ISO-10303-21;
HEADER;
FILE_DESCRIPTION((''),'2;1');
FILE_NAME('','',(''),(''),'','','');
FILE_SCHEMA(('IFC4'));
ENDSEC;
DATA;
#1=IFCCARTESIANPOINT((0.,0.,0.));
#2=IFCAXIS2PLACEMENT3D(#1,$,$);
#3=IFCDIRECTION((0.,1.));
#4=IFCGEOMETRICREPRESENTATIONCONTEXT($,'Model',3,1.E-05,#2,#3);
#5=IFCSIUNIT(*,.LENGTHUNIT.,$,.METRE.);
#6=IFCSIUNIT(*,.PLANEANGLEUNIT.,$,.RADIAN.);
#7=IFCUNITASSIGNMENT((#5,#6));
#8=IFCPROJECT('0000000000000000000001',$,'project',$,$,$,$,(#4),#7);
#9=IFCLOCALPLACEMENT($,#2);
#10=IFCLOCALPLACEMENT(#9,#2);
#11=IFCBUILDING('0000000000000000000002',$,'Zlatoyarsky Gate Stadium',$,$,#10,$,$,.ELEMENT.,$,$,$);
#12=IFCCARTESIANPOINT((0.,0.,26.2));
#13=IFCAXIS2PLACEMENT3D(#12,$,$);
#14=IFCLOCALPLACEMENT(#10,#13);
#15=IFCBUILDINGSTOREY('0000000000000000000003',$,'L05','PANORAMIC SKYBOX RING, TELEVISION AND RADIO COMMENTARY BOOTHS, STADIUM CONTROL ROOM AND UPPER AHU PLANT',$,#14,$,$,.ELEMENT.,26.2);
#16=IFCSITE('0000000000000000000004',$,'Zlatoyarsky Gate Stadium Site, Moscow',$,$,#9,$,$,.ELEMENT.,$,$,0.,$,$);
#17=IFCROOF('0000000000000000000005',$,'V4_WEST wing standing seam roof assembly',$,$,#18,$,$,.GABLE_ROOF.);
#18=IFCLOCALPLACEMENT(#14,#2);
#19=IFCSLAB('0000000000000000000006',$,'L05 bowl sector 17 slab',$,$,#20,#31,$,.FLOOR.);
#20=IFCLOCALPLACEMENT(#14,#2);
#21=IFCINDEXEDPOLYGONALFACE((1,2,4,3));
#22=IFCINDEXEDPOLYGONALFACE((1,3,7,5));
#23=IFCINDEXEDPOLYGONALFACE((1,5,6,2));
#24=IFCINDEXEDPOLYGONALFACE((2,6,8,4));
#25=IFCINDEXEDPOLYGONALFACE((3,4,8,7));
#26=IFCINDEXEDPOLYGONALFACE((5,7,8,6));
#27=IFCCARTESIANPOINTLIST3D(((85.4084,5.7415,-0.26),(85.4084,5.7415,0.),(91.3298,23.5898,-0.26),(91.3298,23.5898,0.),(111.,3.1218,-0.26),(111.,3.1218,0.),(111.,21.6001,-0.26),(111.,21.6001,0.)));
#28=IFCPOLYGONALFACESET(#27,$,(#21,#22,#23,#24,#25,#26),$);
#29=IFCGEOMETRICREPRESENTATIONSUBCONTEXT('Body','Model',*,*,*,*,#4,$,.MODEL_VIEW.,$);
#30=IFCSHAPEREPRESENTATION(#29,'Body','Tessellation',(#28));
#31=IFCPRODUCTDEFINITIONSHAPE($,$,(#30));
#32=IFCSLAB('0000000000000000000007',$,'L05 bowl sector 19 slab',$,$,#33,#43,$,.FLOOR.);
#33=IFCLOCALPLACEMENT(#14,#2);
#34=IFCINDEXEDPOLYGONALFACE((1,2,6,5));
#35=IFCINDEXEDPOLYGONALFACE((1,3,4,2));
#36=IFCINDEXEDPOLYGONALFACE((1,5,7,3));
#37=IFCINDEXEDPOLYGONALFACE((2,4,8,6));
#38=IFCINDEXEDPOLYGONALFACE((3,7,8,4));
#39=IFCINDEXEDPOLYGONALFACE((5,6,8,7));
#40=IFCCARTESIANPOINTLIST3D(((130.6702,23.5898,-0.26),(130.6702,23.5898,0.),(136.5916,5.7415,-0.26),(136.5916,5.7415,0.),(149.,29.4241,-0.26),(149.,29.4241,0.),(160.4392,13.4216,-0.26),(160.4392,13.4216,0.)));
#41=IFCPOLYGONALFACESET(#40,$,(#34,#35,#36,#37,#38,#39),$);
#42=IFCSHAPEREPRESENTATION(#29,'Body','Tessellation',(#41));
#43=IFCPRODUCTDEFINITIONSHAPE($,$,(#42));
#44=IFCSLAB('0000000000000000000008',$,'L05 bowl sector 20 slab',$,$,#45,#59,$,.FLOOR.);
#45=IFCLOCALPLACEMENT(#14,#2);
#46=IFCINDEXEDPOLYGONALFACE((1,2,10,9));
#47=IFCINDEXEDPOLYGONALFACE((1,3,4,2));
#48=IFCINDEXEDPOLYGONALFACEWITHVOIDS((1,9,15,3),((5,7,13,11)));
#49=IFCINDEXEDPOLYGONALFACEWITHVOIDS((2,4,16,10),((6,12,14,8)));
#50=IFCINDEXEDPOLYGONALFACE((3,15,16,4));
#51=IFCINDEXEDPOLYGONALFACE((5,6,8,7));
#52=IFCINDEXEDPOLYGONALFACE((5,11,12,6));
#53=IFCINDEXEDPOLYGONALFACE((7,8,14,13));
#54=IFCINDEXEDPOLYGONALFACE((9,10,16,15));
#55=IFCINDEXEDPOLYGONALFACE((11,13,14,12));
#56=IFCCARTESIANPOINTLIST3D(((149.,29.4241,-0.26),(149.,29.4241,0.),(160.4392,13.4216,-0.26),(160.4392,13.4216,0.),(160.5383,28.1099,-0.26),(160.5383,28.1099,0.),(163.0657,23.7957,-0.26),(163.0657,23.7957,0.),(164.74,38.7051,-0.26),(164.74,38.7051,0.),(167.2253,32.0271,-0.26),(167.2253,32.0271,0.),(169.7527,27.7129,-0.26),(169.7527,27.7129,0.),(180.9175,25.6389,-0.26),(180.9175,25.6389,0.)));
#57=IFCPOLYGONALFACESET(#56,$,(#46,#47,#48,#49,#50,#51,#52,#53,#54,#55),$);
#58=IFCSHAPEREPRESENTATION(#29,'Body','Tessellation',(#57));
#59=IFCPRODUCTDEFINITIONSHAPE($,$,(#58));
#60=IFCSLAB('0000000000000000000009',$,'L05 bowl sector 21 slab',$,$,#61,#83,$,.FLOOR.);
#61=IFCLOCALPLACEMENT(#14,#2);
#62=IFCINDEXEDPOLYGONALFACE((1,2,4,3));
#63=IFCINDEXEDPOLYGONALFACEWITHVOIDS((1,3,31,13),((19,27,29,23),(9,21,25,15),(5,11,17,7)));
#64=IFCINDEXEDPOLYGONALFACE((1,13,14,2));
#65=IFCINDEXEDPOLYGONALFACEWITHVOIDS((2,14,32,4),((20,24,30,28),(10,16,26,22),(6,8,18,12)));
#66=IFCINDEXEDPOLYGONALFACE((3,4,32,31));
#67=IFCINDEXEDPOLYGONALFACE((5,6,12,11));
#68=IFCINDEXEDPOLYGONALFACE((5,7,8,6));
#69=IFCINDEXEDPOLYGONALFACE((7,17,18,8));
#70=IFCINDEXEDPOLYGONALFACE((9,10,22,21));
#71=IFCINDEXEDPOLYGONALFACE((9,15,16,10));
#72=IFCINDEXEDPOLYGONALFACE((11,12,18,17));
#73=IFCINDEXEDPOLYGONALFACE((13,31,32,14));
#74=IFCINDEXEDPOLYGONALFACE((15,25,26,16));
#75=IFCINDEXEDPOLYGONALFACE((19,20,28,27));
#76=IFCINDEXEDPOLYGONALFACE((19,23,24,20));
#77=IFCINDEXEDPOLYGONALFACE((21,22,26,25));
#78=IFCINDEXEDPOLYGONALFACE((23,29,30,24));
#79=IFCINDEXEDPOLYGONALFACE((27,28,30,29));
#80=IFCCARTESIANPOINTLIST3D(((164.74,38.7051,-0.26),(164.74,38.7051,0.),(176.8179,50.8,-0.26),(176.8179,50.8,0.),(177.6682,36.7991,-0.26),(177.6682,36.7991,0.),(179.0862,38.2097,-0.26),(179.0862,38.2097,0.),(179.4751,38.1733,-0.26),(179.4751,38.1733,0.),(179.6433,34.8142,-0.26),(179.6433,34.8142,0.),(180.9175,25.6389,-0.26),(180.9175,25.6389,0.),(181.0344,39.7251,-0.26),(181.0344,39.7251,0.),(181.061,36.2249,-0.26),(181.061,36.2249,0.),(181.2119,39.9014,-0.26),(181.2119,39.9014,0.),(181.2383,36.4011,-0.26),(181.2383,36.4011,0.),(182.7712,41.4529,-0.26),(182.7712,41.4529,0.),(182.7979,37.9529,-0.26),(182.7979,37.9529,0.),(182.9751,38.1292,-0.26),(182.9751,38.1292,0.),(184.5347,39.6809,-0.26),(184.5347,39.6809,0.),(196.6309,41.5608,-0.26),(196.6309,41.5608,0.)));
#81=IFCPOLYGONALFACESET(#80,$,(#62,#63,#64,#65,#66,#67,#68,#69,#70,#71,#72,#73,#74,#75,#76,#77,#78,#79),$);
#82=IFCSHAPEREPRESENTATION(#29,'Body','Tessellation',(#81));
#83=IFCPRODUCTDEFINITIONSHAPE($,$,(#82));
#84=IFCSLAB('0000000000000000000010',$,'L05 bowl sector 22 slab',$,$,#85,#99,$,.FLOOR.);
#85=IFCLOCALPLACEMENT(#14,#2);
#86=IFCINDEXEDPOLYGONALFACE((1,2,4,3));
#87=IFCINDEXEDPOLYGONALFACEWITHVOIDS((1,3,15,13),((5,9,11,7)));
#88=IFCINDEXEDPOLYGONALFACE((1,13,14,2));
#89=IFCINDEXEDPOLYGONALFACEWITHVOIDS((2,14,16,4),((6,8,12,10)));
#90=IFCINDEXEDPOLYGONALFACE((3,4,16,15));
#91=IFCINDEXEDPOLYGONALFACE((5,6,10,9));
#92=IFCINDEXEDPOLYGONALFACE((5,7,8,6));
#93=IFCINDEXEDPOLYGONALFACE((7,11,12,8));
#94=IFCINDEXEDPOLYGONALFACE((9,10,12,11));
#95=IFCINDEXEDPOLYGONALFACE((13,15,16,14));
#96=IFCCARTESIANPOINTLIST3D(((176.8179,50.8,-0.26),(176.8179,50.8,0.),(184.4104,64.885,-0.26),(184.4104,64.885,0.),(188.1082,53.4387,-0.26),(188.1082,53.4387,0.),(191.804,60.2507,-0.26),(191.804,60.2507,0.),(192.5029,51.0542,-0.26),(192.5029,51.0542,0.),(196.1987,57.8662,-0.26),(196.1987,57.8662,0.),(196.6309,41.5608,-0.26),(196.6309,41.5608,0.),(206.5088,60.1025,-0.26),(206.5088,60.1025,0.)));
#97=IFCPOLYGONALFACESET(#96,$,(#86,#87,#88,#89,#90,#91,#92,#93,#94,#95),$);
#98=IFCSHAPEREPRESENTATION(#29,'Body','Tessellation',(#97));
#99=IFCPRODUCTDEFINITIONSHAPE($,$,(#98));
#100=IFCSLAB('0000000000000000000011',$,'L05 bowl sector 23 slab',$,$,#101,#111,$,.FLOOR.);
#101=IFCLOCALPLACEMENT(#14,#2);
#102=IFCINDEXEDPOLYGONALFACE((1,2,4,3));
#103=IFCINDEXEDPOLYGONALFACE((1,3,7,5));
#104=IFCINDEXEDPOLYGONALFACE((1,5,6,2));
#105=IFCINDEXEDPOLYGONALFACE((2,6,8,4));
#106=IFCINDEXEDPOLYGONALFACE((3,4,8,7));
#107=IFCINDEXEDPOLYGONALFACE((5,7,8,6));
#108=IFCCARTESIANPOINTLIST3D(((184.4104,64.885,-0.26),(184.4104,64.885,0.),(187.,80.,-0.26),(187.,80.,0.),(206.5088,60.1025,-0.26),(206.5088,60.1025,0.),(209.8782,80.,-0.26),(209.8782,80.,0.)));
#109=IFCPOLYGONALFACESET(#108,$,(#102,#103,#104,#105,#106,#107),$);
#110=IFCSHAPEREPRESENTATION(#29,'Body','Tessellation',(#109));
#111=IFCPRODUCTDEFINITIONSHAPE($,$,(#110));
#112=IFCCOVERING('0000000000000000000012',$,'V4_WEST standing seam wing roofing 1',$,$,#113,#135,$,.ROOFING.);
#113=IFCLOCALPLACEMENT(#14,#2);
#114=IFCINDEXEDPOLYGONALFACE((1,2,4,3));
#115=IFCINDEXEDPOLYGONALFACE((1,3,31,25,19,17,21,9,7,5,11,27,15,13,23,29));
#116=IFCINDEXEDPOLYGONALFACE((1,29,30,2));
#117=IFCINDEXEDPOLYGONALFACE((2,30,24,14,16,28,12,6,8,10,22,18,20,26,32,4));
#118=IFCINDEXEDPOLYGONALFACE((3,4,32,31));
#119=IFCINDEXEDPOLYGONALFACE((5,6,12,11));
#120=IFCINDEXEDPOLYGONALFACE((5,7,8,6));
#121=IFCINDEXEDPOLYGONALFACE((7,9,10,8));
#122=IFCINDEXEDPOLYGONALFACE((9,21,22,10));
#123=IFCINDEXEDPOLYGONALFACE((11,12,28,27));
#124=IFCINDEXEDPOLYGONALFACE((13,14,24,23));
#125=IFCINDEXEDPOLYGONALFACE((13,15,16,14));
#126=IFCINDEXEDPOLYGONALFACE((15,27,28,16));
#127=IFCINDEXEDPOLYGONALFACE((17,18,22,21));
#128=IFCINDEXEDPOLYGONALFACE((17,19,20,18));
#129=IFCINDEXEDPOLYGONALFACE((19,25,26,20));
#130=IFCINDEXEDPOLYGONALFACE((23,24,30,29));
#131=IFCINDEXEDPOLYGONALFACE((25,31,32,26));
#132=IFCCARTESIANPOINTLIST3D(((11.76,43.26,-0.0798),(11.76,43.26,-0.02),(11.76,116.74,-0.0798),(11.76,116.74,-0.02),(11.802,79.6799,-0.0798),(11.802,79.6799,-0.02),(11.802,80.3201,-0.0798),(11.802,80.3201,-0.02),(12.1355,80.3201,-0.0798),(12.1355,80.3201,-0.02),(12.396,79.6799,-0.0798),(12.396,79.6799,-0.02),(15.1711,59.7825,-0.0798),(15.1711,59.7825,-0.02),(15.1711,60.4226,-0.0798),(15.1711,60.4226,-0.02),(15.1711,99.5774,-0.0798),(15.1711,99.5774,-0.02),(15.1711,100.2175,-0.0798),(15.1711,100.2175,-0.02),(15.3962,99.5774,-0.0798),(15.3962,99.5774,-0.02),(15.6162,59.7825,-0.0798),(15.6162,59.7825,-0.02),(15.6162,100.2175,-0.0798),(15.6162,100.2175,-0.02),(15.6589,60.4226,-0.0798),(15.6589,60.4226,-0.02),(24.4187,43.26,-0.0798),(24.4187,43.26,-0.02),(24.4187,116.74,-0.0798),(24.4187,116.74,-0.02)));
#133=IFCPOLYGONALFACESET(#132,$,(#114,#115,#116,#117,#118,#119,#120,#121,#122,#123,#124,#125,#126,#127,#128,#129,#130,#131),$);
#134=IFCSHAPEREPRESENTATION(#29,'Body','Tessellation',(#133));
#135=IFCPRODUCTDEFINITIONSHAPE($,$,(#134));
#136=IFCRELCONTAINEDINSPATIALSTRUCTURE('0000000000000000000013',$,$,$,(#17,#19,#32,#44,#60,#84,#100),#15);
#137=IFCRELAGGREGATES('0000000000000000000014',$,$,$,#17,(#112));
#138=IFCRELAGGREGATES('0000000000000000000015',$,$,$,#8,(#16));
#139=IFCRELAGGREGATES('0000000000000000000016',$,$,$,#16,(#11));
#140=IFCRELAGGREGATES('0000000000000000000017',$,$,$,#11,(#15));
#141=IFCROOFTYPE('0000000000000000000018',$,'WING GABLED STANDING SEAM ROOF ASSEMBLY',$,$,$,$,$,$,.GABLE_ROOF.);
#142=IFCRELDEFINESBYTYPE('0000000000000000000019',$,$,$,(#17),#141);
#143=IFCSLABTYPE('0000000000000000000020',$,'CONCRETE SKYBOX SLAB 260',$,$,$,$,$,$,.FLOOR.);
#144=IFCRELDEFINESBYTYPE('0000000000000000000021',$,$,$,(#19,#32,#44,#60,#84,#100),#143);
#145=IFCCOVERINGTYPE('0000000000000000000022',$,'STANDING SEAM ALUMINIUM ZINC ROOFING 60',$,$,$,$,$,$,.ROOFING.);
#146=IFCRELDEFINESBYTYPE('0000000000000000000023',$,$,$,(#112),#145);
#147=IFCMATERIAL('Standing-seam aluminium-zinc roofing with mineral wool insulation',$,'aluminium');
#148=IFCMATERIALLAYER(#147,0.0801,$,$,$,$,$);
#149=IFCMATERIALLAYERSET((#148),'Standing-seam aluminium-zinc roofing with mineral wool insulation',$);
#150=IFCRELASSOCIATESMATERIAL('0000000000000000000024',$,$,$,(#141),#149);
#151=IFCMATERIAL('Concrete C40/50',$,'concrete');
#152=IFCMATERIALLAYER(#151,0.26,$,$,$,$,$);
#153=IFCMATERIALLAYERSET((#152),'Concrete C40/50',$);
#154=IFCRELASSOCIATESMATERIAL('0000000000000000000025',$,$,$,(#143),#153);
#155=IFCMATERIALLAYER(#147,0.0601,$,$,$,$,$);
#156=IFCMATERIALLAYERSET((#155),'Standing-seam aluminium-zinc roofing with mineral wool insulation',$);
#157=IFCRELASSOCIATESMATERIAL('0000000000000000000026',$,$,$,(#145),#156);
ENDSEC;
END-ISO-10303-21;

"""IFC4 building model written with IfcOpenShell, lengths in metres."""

from ifc_helpers import new_model, si_unit, direction, frame, origin, place, context, subcontext, project, spatial, polyline, outline, extrude, material, layer, layer_set, type_object, element, aggregate, save


model = new_model("IFC4")

# Units and contexts
model_context = context("Model", 3, precision=1e-05, world=origin(), true_north=direction((0.0, 1.0)))
body_context = subcontext(model_context, "Body", "Model", "MODEL_VIEW")
ifc_project = project(units=[si_unit("LENGTHUNIT", "METRE"), si_unit("PLANEANGLEUNIT", "RADIAN")], contexts=[model_context])

# Site, building, storey
site_placement = place(None, origin())
site = spatial("IfcSite", under=ifc_project, at=site_placement, Name="Zlatoyarsky Gate Stadium Site, Moscow", CompositionType="ELEMENT", RefElevation=0.0)
building_placement = place(site_placement, origin())
building = spatial("IfcBuilding", under=site, at=building_placement, Name="Zlatoyarsky Gate Stadium", CompositionType="ELEMENT")
storey_placement = place(building_placement, frame((0.0, 0.0, 26.2)))
storey = spatial("IfcBuildingStorey", under=building, at=storey_placement, Name="L05", Description="PANORAMIC SKYBOX RING, TELEVISION AND RADIO COMMENTARY BOOTHS, STADIUM CONTROL ROOM AND UPPER AHU PLANT", CompositionType="ELEMENT", Elevation=26.2)

# Roof
ifc_material_1 = material(Name="Standing-seam aluminium-zinc roofing with mineral wool insulation", Category="aluminium")
ifc_layer_1 = layer(ifc_material_1, 0.0801)
ifc_layer_set_1 = layer_set([ifc_layer_1], Name="Standing-seam aluminium-zinc roofing with mineral wool insulation")
roof_type = type_object("IfcRoofType", Name="WING GABLED STANDING SEAM ROOF ASSEMBLY", PredefinedType="GABLE_ROOF", material=ifc_layer_set_1)
roof_placement = place(storey_placement, origin())
roof = element("IfcRoof", 1, at=roof_placement, inside=storey, type_object=roof_type, Name="V4_WEST wing standing seam roof assembly", PredefinedType="GABLE_ROOF")
ifc_material_2 = material(Name="Concrete C40/50", Category="concrete")

# Slabs
ifc_layer_2 = layer(ifc_material_2, 0.26)
ifc_layer_set_2 = layer_set([ifc_layer_2], Name="Concrete C40/50")
slab_type_1 = type_object("IfcSlabType", Name="CONCRETE SKYBOX SLAB 260", PredefinedType="FLOOR", material=ifc_layer_set_2)
slab_1_placement = place(storey_placement, frame((0.0, 0.0, -0.26)))
element("IfcSlab", 2, at=slab_1_placement, inside=storey, type_object=slab_type_1, Name="L05 bowl sector 17 slab", PredefinedType="FLOOR", context=body_context, shape_type="SweptSolid", body=[
    extrude(outline(polyline([(111.0, 21.6001), (111.0, 3.1218), (85.4084, 5.7415), (91.3298, 23.5898), (111.0, 21.6001)])), origin(), (0.0, 0.0, 1.0), 0.26),
])
slab_2_placement = place(storey_placement, frame((0.0, 0.0, -0.26)))
element("IfcSlab", 3, at=slab_2_placement, inside=storey, type_object=slab_type_1, Name="L05 bowl sector 19 slab", PredefinedType="FLOOR", context=body_context, shape_type="SweptSolid", body=[
    extrude(outline(polyline([(149.0, 29.4241), (160.4392, 13.4216), (136.5916, 5.7415), (130.6702, 23.5898), (149.0, 29.4241)])), origin(), (0.0, 0.0, 1.0), 0.26),
])
slab_3_placement = place(storey_placement, frame((0.0, 0.0, -0.26)))
element("IfcSlab", 4, at=slab_3_placement, inside=storey, type_object=slab_type_1, Name="L05 bowl sector 20 slab", PredefinedType="FLOOR", context=body_context, shape_type="SweptSolid", body=[
    extrude(outline(polyline([(164.74, 38.7051), (180.9175, 25.6389), (160.4392, 13.4216), (149.0, 29.4241), (164.74, 38.7051)]), holes=[polyline([(169.7527, 27.7129), (167.2253, 32.0271), (160.5383, 28.1099), (163.0657, 23.7957), (169.7527, 27.7129)])]), origin(), (0.0, 0.0, 1.0), 0.26),
])
slab_4_placement = place(storey_placement, frame((0.0, 0.0, -0.26)))
element("IfcSlab", 5, at=slab_4_placement, inside=storey, type_object=slab_type_1, Name="L05 bowl sector 21 slab", PredefinedType="FLOOR", context=body_context, shape_type="SweptSolid", body=[
    extrude(outline(polyline([(176.8179, 50.8), (196.6309, 41.5608), (180.9175, 25.6389), (164.74, 38.7051), (176.8179, 50.8)]), holes=[polyline([(181.061, 36.2249), (179.0862, 38.2097), (177.6682, 36.7991), (179.6433, 34.8142), (181.061, 36.2249)]), polyline([(182.7979, 37.9529), (181.0344, 39.7251), (179.4751, 38.1733), (181.2383, 36.4011), (182.7979, 37.9529)]), polyline([(182.9751, 38.1292), (184.5347, 39.6809), (182.7712, 41.4529), (181.2119, 39.9014), (182.9751, 38.1292)])]), origin(), (0.0, 0.0, 1.0), 0.26),
])
slab_5_placement = place(storey_placement, frame((0.0, 0.0, -0.26)))
element("IfcSlab", 6, at=slab_5_placement, inside=storey, type_object=slab_type_1, Name="L05 bowl sector 22 slab", PredefinedType="FLOOR", context=body_context, shape_type="SweptSolid", body=[
    extrude(outline(polyline([(184.4104, 64.885), (206.5088, 60.1025), (196.6309, 41.5608), (176.8179, 50.8), (184.4104, 64.885)]), holes=[polyline([(192.5029, 51.0542), (196.1987, 57.8662), (191.804, 60.2507), (188.1082, 53.4387), (192.5029, 51.0542)])]), origin(), (0.0, 0.0, 1.0), 0.26),
])
slab_6_placement = place(storey_placement, frame((0.0, 0.0, -0.26)))
element("IfcSlab", 7, at=slab_6_placement, inside=storey, type_object=slab_type_1, Name="L05 bowl sector 23 slab", PredefinedType="FLOOR", context=body_context, shape_type="SweptSolid", body=[
    extrude(outline(polyline([(187.0, 80.0), (209.8782, 80.0), (206.5088, 60.1025), (184.4104, 64.885), (187.0, 80.0)])), origin(), (0.0, 0.0, 1.0), 0.26),
])

# Covering
ifc_layer_3 = layer(ifc_material_1, 0.0601)
ifc_layer_set_3 = layer_set([ifc_layer_3], Name="Standing-seam aluminium-zinc roofing with mineral wool insulation")
covering_type = type_object("IfcCoveringType", Name="STANDING SEAM ALUMINIUM ZINC ROOFING 60", PredefinedType="ROOFING", material=ifc_layer_set_3)
covering_placement = place(storey_placement, frame((0.0, 0.0, -0.0798)))
covering = element("IfcCovering", 8, at=covering_placement, type_object=covering_type, Name="V4_WEST standing seam wing roofing 1", PredefinedType="ROOFING", context=body_context, shape_type="SweptSolid", body=[
    extrude(outline(polyline([(11.76, 43.26), (11.76, 116.74), (24.4187, 116.74), (15.6162, 100.2175), (15.1711, 100.2175), (15.1711, 99.5774), (15.3962, 99.5774), (12.1355, 80.3201), (11.802, 80.3201), (11.802, 79.6799), (12.396, 79.6799), (15.6589, 60.4226), (15.1711, 60.4226), (15.1711, 59.7825), (15.6162, 59.7825), (24.4187, 43.26), (11.76, 43.26)])), origin(), (0.0, 0.0, 1.0), 0.0598),
])
aggregate(roof, [covering])

save(model, "model.ifc")
